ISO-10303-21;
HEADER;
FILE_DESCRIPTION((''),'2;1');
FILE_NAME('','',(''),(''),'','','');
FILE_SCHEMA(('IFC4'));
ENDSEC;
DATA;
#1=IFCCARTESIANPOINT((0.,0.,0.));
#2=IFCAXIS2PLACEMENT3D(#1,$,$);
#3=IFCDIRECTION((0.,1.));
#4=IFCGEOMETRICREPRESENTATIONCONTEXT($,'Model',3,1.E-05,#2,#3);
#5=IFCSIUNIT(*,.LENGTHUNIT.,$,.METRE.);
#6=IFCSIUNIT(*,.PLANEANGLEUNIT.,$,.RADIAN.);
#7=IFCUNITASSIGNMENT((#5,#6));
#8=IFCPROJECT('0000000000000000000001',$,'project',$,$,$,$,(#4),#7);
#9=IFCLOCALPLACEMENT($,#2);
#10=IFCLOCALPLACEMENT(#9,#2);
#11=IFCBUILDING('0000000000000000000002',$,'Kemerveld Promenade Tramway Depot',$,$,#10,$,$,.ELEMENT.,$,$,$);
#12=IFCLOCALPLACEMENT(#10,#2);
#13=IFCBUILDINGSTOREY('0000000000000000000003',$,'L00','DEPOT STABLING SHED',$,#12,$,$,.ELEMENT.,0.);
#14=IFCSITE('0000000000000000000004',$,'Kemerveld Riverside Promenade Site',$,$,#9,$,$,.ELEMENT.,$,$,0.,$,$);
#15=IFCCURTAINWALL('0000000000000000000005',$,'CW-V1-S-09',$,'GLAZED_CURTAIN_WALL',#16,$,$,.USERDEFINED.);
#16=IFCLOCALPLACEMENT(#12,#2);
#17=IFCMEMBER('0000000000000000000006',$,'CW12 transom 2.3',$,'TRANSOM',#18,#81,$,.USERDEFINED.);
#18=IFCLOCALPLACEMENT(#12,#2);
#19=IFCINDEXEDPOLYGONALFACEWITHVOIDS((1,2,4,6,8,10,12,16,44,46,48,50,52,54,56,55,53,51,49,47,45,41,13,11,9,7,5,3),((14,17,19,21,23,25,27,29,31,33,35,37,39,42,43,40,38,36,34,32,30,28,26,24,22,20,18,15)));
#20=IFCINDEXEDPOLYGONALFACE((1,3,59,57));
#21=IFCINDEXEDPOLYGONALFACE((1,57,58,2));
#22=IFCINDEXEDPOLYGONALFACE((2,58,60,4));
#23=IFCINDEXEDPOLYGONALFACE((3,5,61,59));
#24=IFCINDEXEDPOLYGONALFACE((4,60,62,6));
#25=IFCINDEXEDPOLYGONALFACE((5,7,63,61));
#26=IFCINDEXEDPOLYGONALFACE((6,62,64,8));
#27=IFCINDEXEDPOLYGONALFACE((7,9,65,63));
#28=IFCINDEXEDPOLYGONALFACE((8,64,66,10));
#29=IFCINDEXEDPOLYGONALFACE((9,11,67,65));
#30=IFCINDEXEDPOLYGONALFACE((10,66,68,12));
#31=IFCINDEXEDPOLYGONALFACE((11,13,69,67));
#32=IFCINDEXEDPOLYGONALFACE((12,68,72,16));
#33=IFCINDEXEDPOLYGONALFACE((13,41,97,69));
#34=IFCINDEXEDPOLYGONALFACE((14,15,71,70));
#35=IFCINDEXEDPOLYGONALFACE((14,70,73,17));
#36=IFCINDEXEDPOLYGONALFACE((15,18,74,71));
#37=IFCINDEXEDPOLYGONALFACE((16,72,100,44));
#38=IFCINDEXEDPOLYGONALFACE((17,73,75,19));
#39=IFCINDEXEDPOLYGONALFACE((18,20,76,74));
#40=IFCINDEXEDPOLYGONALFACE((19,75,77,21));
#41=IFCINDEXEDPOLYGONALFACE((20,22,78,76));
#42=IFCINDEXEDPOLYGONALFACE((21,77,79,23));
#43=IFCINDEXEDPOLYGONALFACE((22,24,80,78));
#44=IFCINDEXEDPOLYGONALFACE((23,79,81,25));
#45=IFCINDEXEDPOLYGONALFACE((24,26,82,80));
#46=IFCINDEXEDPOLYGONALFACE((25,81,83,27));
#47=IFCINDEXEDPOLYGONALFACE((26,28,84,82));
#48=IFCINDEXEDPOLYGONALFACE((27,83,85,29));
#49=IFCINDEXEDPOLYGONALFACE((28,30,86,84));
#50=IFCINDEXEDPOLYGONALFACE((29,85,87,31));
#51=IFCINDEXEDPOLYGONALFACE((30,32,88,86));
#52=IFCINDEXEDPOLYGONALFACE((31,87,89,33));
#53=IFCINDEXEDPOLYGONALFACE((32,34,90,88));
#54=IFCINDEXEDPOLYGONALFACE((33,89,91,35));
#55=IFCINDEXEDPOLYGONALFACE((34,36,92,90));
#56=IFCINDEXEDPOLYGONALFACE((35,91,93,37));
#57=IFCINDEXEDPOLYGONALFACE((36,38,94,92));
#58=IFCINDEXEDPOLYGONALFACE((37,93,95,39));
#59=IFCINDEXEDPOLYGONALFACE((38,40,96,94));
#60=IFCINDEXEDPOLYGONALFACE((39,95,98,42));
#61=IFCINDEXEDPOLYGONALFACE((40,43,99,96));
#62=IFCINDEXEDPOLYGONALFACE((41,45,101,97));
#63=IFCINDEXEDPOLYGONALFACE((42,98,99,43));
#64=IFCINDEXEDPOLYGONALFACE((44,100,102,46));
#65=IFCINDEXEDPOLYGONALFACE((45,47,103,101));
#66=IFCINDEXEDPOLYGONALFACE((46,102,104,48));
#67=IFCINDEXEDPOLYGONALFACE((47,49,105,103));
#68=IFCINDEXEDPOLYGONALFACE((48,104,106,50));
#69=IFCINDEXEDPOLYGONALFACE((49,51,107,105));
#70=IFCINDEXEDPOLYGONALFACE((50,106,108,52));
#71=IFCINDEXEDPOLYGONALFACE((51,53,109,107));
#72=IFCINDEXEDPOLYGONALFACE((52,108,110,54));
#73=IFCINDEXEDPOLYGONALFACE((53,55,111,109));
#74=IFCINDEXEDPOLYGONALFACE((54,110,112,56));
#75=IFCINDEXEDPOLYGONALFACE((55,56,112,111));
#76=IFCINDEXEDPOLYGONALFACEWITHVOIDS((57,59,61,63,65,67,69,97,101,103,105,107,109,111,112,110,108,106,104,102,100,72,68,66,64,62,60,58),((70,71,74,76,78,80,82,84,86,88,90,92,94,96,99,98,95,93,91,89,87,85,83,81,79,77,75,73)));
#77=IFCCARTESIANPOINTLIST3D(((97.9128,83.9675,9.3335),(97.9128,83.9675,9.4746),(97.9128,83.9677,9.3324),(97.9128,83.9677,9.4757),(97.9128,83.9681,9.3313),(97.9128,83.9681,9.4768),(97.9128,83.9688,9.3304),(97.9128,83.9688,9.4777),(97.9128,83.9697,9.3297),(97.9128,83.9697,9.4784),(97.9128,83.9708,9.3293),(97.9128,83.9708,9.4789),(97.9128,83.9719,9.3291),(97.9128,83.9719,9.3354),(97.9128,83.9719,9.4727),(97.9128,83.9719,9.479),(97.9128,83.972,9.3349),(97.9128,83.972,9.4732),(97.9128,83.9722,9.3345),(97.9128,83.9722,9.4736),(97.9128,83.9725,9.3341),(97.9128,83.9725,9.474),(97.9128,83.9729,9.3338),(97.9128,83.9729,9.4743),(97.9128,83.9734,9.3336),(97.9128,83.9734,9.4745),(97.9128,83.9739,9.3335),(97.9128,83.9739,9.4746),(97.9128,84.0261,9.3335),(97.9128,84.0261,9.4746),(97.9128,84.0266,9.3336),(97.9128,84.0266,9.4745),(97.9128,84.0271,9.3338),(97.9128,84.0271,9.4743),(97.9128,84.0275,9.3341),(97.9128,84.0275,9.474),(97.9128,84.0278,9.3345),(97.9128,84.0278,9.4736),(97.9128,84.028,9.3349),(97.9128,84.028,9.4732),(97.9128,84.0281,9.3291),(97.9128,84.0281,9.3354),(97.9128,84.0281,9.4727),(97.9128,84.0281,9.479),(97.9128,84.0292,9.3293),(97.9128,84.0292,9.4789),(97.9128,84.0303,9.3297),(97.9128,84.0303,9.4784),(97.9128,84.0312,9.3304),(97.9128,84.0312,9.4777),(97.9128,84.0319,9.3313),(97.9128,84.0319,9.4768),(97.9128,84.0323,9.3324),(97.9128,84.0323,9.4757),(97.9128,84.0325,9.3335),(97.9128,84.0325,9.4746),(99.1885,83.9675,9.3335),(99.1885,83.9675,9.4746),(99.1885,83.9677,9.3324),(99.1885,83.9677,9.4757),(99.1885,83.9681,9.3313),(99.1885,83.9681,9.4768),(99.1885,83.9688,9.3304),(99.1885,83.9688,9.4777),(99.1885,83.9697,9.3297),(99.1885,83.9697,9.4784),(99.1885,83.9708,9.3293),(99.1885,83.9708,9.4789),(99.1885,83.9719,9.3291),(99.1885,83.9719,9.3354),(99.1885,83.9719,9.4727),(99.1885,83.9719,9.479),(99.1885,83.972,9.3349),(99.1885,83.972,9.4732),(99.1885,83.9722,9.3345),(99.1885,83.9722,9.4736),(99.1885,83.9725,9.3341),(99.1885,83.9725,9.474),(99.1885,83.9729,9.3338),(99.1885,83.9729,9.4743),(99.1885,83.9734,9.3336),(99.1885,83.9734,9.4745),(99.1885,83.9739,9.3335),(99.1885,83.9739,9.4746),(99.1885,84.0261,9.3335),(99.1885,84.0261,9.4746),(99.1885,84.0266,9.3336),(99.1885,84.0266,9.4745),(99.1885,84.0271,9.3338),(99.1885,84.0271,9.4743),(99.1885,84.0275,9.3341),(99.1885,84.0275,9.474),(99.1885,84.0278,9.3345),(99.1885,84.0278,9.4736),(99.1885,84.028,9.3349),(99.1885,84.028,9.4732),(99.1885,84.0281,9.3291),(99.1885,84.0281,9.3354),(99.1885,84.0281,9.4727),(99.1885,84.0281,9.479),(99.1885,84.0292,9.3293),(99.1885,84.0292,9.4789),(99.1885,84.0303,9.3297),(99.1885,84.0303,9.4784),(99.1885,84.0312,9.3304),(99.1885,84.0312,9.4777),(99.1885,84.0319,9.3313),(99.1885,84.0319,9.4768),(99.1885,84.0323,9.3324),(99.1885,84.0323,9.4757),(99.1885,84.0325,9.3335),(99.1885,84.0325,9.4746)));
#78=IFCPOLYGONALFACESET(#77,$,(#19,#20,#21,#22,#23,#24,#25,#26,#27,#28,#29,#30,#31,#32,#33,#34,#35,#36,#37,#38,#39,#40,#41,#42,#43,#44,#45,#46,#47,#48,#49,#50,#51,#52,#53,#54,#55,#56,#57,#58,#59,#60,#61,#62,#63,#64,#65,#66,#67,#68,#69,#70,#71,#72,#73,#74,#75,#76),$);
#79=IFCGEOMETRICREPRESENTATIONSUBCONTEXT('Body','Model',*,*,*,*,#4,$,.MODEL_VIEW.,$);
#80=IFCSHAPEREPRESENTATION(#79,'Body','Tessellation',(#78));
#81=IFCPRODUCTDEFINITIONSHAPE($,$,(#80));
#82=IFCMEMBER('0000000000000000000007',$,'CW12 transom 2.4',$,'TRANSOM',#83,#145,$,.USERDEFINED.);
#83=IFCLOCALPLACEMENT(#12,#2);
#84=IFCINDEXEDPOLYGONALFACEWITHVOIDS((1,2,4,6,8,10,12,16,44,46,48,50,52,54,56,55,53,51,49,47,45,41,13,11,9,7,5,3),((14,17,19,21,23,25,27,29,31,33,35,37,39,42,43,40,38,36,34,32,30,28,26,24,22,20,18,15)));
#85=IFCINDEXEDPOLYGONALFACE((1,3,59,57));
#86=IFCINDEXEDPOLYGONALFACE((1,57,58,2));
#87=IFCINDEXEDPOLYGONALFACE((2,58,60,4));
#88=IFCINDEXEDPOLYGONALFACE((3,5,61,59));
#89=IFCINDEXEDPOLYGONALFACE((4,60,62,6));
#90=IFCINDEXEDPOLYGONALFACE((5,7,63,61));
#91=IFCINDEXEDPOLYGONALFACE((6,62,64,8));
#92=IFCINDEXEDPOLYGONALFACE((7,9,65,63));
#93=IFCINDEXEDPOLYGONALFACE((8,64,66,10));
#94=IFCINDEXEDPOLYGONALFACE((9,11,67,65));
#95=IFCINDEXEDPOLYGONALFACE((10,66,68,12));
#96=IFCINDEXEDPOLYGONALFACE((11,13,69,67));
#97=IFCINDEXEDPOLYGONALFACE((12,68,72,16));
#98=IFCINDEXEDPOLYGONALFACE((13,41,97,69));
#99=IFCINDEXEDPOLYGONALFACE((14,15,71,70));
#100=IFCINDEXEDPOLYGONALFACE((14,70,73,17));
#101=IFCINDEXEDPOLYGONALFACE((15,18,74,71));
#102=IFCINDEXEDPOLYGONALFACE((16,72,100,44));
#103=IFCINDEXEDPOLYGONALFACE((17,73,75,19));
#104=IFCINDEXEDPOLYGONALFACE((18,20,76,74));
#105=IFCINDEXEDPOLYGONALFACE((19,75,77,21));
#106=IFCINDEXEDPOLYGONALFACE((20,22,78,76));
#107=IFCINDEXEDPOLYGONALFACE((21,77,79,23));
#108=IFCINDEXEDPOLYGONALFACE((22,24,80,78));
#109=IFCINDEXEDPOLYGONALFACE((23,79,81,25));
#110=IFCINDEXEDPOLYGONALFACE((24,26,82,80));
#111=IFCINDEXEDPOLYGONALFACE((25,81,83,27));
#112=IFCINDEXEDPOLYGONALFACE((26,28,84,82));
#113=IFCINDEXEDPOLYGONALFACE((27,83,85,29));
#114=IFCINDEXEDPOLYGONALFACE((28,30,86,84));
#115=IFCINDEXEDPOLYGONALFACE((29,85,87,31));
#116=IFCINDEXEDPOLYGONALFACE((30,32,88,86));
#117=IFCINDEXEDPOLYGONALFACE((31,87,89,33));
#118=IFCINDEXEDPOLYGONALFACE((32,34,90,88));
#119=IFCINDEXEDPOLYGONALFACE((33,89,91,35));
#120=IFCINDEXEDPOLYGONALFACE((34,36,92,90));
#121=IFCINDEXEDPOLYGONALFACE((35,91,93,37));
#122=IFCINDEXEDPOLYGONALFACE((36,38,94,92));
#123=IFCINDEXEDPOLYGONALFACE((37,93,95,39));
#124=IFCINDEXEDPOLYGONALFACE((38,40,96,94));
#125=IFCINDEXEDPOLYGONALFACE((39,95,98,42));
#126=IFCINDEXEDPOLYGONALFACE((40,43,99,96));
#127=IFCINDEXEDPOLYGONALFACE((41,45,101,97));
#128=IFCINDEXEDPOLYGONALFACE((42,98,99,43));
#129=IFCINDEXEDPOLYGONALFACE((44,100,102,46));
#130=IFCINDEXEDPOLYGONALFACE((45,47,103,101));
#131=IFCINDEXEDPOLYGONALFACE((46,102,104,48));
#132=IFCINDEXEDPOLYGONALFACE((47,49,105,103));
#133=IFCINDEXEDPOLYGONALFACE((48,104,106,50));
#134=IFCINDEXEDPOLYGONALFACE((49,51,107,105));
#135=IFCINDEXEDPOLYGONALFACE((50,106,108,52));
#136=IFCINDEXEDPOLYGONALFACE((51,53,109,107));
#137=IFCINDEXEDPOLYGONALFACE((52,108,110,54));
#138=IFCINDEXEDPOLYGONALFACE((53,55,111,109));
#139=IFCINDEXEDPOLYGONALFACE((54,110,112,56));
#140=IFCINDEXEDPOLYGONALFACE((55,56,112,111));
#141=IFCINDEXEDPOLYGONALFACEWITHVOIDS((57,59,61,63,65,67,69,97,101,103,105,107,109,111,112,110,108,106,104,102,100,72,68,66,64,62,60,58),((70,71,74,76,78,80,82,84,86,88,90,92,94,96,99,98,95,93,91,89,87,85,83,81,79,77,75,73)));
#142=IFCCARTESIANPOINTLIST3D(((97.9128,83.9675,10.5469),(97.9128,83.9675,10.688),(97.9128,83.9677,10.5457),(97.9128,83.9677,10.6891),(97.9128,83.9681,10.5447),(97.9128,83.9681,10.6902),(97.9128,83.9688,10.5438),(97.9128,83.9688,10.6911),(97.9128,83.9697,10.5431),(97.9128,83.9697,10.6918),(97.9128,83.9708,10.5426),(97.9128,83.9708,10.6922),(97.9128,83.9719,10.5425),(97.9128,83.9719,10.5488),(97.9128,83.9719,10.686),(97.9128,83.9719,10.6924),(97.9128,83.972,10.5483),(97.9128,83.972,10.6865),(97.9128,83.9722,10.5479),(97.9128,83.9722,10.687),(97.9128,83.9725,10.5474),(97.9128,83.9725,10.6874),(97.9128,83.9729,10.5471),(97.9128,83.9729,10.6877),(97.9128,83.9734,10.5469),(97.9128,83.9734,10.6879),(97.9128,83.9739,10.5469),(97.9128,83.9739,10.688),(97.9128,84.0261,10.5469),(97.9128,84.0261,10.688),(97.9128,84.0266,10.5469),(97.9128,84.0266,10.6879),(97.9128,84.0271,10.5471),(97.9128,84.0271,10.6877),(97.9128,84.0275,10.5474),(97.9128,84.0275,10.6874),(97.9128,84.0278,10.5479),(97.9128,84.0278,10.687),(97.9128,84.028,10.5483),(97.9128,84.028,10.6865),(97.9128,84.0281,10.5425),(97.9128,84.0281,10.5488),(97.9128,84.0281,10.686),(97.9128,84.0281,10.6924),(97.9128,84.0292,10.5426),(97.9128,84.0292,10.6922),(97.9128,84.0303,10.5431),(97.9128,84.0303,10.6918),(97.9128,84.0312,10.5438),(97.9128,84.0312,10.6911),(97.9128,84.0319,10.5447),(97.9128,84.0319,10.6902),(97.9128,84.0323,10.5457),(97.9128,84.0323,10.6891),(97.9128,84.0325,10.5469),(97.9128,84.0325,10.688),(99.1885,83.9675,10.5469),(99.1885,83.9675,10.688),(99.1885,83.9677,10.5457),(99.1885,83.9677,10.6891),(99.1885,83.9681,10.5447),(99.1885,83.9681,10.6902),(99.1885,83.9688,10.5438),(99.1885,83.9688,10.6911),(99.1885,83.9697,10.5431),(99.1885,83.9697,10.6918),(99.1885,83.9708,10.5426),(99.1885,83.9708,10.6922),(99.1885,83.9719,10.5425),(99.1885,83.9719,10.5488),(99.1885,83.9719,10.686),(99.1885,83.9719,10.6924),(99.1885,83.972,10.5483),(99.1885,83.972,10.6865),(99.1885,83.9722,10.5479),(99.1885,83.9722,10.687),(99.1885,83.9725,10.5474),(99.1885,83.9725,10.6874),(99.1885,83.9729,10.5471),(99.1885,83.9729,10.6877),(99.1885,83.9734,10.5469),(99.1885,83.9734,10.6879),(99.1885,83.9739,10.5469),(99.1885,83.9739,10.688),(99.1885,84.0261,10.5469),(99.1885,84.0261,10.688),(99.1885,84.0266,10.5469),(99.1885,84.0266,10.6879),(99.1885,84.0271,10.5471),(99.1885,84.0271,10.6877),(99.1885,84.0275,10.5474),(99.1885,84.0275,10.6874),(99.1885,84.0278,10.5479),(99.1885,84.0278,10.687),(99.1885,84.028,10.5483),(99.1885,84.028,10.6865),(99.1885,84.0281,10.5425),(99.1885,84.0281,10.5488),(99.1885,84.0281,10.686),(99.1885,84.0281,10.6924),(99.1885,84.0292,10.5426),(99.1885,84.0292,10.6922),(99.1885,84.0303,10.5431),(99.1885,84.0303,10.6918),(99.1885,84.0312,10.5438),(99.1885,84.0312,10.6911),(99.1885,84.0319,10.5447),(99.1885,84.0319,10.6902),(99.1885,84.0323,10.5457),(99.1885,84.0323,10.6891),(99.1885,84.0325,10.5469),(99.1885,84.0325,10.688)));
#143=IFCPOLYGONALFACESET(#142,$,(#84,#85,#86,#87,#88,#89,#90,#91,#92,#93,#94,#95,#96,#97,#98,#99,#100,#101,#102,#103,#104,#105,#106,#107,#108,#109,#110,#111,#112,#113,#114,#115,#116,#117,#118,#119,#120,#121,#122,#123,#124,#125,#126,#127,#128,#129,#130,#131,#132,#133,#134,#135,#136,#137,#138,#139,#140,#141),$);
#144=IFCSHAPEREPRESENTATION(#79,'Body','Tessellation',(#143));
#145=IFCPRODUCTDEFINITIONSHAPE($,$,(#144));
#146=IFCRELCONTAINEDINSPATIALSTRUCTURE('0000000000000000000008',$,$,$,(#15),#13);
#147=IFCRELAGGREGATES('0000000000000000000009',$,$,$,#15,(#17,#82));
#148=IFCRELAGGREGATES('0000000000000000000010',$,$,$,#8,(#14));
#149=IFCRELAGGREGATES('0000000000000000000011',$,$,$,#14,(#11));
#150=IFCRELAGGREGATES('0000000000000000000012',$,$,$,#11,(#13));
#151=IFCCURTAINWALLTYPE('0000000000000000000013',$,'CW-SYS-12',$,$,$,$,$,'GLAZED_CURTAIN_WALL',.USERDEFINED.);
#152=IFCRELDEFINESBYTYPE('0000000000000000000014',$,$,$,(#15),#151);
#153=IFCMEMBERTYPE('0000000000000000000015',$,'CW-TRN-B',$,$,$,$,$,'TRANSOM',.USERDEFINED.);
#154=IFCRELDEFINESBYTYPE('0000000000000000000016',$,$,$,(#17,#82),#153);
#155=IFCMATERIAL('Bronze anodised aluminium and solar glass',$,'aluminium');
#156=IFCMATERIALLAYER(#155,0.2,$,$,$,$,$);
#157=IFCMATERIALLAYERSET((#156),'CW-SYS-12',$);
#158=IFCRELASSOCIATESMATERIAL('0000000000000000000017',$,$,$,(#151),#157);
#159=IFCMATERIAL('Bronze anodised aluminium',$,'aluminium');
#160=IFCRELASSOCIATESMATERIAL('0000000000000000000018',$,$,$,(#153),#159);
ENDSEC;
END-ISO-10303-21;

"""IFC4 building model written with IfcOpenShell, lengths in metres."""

from ifc_helpers import new_model, si_unit, direction, frame, origin, origin_2d, place, context, subcontext, project, spatial, hollow_rectangle, extrude, material, layer, layer_set, material_profile, profile_set, type_object, element, aggregate, save


model = new_model("IFC4")

# Units and contexts
model_context = context("Model", 3, precision=1e-05, world=origin(), true_north=direction((0.0, 1.0)))
body_context = subcontext(model_context, "Body", "Model", "MODEL_VIEW")
ifc_project = project(units=[si_unit("LENGTHUNIT", "METRE"), si_unit("PLANEANGLEUNIT", "RADIAN")], contexts=[model_context])

# Site, building, storey
site_placement = place(None, origin())
site = spatial("IfcSite", under=ifc_project, at=site_placement, Name="Kemerveld Riverside Promenade Site", CompositionType="ELEMENT", RefElevation=0.0)
building_placement = place(site_placement, origin())
building = spatial("IfcBuilding", under=site, at=building_placement, Name="Kemerveld Promenade Tramway Depot", CompositionType="ELEMENT")
storey_placement = place(building_placement, origin())
storey = spatial("IfcBuildingStorey", under=building, at=storey_placement, Name="L00", Description="DEPOT STABLING SHED", CompositionType="ELEMENT", Elevation=0.0)

# Curtain wall, members
ifc_material_1 = material(Name="Bronze anodised aluminium and solar glass", Category="aluminium")
ifc_layer_1 = layer(ifc_material_1, 0.2)
ifc_layer_set_1 = layer_set([ifc_layer_1], Name="CW-SYS-12")
curtain_wall_type = type_object("IfcCurtainWallType", Name="CW-SYS-12", ElementType="GLAZED_CURTAIN_WALL", PredefinedType="USERDEFINED", material=ifc_layer_set_1)
curtain_wall_placement = place(storey_placement, origin())
curtain_wall = element("IfcCurtainWall", 1, at=curtain_wall_placement, inside=storey, type_object=curtain_wall_type, Name="CW-V1-S-09", ObjectType="GLAZED_CURTAIN_WALL", PredefinedType="USERDEFINED")
ifc_material_2 = material(Name="Bronze anodised aluminium", Category="aluminium")
ifc_material_profile_1 = material_profile(ifc_material_2, hollow_rectangle(XDim=0.0649, YDim=0.1499, WallThickness=0.0044, InnerFilletRadius=0.002, OuterFilletRadius=0.0044, at=origin_2d()), Name="CW-TRN-150x65")
ifc_profile_set_1 = profile_set([ifc_material_profile_1], Name="Bronze anodised aluminium")
member_type_1 = type_object("IfcMemberType", Name="CW-TRN-B", ElementType="TRANSOM", PredefinedType="USERDEFINED", material=ifc_profile_set_1)
member_1_placement = place(storey_placement, frame((99.1885, 84.0, 9.4041), z_axis=(-1.0, 0.0, 0.0), x_axis=(0.0, -1.0, 0.0)))
member_1 = element("IfcMember", 2, at=member_1_placement, type_object=member_type_1, Name="CW12 transom 2.3", ObjectType="TRANSOM", PredefinedType="USERDEFINED", context=body_context, shape_type="SweptSolid", body=[
    extrude(hollow_rectangle(XDim=0.0649, YDim=0.1499, WallThickness=0.0044, InnerFilletRadius=0.002, OuterFilletRadius=0.0044, at=origin_2d()), origin(), (0.0, 0.0, 1.0), 1.2756),
])
member_2_placement = place(storey_placement, frame((99.1885, 84.0, 10.6174), z_axis=(-1.0, 0.0, 0.0), x_axis=(0.0, -1.0, 0.0)))
member_2 = element("IfcMember", 3, at=member_2_placement, type_object=member_type_1, Name="CW12 transom 2.4", ObjectType="TRANSOM", PredefinedType="USERDEFINED", context=body_context, shape_type="SweptSolid", body=[
    extrude(hollow_rectangle(XDim=0.0649, YDim=0.1499, WallThickness=0.0044, InnerFilletRadius=0.002, OuterFilletRadius=0.0044, at=origin_2d()), origin(), (0.0, 0.0, 1.0), 1.2756),
])
aggregate(curtain_wall, [member_1, member_2])

save(model, "model.ifc")
